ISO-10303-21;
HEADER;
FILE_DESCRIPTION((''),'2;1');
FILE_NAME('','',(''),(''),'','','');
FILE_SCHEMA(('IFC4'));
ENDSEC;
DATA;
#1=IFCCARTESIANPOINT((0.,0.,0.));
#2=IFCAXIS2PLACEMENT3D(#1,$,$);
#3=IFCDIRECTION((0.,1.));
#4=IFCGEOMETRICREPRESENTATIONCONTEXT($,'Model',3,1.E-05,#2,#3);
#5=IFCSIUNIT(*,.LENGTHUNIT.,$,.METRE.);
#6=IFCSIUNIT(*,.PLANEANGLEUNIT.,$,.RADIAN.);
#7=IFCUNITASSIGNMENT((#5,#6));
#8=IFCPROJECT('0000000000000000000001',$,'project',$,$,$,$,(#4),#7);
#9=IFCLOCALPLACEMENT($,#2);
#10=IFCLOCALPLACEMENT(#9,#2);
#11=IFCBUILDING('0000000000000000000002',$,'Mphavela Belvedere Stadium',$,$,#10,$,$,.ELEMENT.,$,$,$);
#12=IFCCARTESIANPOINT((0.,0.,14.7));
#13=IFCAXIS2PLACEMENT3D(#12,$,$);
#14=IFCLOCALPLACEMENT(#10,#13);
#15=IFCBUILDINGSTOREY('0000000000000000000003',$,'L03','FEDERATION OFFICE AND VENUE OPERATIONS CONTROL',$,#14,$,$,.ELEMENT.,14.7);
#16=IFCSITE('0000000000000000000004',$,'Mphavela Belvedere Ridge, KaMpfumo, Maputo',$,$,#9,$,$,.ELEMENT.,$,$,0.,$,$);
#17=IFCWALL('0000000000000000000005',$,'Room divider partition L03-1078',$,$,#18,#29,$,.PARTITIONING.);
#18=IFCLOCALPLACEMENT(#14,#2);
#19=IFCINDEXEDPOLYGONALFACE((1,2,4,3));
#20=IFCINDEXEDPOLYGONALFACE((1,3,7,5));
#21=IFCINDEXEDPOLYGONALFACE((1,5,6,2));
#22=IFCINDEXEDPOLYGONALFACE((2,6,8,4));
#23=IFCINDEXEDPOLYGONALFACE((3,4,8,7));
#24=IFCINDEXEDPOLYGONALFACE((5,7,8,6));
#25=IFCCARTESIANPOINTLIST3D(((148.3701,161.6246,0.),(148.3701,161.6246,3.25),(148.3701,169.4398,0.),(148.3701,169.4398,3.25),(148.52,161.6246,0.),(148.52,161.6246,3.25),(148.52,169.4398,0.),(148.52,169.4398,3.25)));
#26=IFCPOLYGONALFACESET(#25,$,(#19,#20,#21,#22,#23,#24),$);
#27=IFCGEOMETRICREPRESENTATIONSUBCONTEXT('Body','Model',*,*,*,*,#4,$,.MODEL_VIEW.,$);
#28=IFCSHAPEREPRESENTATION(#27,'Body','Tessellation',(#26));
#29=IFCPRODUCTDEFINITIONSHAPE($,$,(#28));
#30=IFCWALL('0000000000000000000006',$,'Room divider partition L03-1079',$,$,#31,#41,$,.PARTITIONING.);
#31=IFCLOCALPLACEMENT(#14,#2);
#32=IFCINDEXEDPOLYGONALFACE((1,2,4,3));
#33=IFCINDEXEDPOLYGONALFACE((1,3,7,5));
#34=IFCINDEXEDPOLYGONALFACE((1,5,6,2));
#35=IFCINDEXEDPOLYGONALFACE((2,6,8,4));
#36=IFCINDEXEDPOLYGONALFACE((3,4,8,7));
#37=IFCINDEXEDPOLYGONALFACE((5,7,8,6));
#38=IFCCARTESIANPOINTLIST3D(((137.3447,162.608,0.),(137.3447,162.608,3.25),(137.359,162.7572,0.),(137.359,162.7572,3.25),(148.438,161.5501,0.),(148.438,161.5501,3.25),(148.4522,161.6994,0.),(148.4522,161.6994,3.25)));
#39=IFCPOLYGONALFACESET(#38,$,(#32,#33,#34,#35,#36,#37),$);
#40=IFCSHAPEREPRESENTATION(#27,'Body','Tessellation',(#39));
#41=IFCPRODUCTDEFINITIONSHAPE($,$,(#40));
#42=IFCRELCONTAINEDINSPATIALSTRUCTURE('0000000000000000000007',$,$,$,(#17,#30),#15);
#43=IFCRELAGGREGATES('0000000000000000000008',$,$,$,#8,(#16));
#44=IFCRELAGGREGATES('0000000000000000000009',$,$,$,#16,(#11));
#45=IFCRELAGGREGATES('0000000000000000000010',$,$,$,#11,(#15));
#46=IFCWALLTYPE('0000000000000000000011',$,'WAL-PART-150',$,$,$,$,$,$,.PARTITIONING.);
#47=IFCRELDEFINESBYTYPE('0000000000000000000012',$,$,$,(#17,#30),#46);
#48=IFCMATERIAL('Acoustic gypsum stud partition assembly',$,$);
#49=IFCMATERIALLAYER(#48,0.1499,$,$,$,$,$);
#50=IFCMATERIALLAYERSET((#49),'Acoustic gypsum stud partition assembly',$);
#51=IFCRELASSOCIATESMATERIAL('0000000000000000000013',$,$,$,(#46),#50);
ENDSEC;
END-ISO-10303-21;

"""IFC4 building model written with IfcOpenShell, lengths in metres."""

from ifc_helpers import new_model, si_unit, direction, frame, frame_2d, origin, place, context, subcontext, project, spatial, rectangle, extrude, material, layer, layer_set, type_object, element, save


model = new_model("IFC4")

# Units and contexts
model_context = context("Model", 3, precision=1e-05, world=origin(), true_north=direction((0.0, 1.0)))
body_context = subcontext(model_context, "Body", "Model", "MODEL_VIEW")
ifc_project = project(units=[si_unit("LENGTHUNIT", "METRE"), si_unit("PLANEANGLEUNIT", "RADIAN")], contexts=[model_context])

# Site, building, storey
site_placement = place(None, origin())
site = spatial("IfcSite", under=ifc_project, at=site_placement, Name="Mphavela Belvedere Ridge, KaMpfumo, Maputo", CompositionType="ELEMENT", RefElevation=0.0)
building_placement = place(site_placement, origin())
building = spatial("IfcBuilding", under=site, at=building_placement, Name="Mphavela Belvedere Stadium", CompositionType="ELEMENT")
storey_placement = place(building_placement, frame((0.0, 0.0, 14.7)))
storey = spatial("IfcBuildingStorey", under=building, at=storey_placement, Name="L03", Description="FEDERATION OFFICE AND VENUE OPERATIONS CONTROL", CompositionType="ELEMENT", Elevation=14.7)

# Shared definitions
ifc_material_1 = material(Name="Acoustic gypsum stud partition assembly")
ifc_layer_1 = layer(ifc_material_1, 0.1499)
ifc_layer_set_1 = layer_set([ifc_layer_1], Name="Acoustic gypsum stud partition assembly")
wall_type_1 = type_object("IfcWallType", Name="WAL-PART-150", PredefinedType="PARTITIONING", material=ifc_layer_set_1)

# Walls
wall_1_placement = place(storey_placement, frame((148.4451, 169.4399, 0.0), z_axis=(0.0, 0.0, 1.0), x_axis=(0.0, -1.0, 0.0)))
element("IfcWall", 1, at=wall_1_placement, inside=storey, type_object=wall_type_1, Name="Room divider partition L03-1078", PredefinedType="PARTITIONING", context=body_context, shape_type="SweptSolid", body=[
    extrude(rectangle(XDim=7.8152, YDim=0.1499, at=frame_2d((3.9077, 0.0))), origin(), (0.0, 0.0, 1.0), 3.25),
])
wall_2_placement = place(storey_placement, frame((148.4451, 161.6248, 0.0), z_axis=(0.0, 0.0, 1.0), x_axis=(-0.995484, 0.09493, 0.0)))
element("IfcWall", 2, at=wall_2_placement, inside=storey, type_object=wall_type_1, Name="Room divider partition L03-1079", PredefinedType="PARTITIONING", context=body_context, shape_type="SweptSolid", body=[
    extrude(rectangle(XDim=11.1436, YDim=0.1499, at=frame_2d((5.5718, 0.0))), origin(), (0.0, 0.0, 1.0), 3.25),
])

save(model, "model.ifc")
